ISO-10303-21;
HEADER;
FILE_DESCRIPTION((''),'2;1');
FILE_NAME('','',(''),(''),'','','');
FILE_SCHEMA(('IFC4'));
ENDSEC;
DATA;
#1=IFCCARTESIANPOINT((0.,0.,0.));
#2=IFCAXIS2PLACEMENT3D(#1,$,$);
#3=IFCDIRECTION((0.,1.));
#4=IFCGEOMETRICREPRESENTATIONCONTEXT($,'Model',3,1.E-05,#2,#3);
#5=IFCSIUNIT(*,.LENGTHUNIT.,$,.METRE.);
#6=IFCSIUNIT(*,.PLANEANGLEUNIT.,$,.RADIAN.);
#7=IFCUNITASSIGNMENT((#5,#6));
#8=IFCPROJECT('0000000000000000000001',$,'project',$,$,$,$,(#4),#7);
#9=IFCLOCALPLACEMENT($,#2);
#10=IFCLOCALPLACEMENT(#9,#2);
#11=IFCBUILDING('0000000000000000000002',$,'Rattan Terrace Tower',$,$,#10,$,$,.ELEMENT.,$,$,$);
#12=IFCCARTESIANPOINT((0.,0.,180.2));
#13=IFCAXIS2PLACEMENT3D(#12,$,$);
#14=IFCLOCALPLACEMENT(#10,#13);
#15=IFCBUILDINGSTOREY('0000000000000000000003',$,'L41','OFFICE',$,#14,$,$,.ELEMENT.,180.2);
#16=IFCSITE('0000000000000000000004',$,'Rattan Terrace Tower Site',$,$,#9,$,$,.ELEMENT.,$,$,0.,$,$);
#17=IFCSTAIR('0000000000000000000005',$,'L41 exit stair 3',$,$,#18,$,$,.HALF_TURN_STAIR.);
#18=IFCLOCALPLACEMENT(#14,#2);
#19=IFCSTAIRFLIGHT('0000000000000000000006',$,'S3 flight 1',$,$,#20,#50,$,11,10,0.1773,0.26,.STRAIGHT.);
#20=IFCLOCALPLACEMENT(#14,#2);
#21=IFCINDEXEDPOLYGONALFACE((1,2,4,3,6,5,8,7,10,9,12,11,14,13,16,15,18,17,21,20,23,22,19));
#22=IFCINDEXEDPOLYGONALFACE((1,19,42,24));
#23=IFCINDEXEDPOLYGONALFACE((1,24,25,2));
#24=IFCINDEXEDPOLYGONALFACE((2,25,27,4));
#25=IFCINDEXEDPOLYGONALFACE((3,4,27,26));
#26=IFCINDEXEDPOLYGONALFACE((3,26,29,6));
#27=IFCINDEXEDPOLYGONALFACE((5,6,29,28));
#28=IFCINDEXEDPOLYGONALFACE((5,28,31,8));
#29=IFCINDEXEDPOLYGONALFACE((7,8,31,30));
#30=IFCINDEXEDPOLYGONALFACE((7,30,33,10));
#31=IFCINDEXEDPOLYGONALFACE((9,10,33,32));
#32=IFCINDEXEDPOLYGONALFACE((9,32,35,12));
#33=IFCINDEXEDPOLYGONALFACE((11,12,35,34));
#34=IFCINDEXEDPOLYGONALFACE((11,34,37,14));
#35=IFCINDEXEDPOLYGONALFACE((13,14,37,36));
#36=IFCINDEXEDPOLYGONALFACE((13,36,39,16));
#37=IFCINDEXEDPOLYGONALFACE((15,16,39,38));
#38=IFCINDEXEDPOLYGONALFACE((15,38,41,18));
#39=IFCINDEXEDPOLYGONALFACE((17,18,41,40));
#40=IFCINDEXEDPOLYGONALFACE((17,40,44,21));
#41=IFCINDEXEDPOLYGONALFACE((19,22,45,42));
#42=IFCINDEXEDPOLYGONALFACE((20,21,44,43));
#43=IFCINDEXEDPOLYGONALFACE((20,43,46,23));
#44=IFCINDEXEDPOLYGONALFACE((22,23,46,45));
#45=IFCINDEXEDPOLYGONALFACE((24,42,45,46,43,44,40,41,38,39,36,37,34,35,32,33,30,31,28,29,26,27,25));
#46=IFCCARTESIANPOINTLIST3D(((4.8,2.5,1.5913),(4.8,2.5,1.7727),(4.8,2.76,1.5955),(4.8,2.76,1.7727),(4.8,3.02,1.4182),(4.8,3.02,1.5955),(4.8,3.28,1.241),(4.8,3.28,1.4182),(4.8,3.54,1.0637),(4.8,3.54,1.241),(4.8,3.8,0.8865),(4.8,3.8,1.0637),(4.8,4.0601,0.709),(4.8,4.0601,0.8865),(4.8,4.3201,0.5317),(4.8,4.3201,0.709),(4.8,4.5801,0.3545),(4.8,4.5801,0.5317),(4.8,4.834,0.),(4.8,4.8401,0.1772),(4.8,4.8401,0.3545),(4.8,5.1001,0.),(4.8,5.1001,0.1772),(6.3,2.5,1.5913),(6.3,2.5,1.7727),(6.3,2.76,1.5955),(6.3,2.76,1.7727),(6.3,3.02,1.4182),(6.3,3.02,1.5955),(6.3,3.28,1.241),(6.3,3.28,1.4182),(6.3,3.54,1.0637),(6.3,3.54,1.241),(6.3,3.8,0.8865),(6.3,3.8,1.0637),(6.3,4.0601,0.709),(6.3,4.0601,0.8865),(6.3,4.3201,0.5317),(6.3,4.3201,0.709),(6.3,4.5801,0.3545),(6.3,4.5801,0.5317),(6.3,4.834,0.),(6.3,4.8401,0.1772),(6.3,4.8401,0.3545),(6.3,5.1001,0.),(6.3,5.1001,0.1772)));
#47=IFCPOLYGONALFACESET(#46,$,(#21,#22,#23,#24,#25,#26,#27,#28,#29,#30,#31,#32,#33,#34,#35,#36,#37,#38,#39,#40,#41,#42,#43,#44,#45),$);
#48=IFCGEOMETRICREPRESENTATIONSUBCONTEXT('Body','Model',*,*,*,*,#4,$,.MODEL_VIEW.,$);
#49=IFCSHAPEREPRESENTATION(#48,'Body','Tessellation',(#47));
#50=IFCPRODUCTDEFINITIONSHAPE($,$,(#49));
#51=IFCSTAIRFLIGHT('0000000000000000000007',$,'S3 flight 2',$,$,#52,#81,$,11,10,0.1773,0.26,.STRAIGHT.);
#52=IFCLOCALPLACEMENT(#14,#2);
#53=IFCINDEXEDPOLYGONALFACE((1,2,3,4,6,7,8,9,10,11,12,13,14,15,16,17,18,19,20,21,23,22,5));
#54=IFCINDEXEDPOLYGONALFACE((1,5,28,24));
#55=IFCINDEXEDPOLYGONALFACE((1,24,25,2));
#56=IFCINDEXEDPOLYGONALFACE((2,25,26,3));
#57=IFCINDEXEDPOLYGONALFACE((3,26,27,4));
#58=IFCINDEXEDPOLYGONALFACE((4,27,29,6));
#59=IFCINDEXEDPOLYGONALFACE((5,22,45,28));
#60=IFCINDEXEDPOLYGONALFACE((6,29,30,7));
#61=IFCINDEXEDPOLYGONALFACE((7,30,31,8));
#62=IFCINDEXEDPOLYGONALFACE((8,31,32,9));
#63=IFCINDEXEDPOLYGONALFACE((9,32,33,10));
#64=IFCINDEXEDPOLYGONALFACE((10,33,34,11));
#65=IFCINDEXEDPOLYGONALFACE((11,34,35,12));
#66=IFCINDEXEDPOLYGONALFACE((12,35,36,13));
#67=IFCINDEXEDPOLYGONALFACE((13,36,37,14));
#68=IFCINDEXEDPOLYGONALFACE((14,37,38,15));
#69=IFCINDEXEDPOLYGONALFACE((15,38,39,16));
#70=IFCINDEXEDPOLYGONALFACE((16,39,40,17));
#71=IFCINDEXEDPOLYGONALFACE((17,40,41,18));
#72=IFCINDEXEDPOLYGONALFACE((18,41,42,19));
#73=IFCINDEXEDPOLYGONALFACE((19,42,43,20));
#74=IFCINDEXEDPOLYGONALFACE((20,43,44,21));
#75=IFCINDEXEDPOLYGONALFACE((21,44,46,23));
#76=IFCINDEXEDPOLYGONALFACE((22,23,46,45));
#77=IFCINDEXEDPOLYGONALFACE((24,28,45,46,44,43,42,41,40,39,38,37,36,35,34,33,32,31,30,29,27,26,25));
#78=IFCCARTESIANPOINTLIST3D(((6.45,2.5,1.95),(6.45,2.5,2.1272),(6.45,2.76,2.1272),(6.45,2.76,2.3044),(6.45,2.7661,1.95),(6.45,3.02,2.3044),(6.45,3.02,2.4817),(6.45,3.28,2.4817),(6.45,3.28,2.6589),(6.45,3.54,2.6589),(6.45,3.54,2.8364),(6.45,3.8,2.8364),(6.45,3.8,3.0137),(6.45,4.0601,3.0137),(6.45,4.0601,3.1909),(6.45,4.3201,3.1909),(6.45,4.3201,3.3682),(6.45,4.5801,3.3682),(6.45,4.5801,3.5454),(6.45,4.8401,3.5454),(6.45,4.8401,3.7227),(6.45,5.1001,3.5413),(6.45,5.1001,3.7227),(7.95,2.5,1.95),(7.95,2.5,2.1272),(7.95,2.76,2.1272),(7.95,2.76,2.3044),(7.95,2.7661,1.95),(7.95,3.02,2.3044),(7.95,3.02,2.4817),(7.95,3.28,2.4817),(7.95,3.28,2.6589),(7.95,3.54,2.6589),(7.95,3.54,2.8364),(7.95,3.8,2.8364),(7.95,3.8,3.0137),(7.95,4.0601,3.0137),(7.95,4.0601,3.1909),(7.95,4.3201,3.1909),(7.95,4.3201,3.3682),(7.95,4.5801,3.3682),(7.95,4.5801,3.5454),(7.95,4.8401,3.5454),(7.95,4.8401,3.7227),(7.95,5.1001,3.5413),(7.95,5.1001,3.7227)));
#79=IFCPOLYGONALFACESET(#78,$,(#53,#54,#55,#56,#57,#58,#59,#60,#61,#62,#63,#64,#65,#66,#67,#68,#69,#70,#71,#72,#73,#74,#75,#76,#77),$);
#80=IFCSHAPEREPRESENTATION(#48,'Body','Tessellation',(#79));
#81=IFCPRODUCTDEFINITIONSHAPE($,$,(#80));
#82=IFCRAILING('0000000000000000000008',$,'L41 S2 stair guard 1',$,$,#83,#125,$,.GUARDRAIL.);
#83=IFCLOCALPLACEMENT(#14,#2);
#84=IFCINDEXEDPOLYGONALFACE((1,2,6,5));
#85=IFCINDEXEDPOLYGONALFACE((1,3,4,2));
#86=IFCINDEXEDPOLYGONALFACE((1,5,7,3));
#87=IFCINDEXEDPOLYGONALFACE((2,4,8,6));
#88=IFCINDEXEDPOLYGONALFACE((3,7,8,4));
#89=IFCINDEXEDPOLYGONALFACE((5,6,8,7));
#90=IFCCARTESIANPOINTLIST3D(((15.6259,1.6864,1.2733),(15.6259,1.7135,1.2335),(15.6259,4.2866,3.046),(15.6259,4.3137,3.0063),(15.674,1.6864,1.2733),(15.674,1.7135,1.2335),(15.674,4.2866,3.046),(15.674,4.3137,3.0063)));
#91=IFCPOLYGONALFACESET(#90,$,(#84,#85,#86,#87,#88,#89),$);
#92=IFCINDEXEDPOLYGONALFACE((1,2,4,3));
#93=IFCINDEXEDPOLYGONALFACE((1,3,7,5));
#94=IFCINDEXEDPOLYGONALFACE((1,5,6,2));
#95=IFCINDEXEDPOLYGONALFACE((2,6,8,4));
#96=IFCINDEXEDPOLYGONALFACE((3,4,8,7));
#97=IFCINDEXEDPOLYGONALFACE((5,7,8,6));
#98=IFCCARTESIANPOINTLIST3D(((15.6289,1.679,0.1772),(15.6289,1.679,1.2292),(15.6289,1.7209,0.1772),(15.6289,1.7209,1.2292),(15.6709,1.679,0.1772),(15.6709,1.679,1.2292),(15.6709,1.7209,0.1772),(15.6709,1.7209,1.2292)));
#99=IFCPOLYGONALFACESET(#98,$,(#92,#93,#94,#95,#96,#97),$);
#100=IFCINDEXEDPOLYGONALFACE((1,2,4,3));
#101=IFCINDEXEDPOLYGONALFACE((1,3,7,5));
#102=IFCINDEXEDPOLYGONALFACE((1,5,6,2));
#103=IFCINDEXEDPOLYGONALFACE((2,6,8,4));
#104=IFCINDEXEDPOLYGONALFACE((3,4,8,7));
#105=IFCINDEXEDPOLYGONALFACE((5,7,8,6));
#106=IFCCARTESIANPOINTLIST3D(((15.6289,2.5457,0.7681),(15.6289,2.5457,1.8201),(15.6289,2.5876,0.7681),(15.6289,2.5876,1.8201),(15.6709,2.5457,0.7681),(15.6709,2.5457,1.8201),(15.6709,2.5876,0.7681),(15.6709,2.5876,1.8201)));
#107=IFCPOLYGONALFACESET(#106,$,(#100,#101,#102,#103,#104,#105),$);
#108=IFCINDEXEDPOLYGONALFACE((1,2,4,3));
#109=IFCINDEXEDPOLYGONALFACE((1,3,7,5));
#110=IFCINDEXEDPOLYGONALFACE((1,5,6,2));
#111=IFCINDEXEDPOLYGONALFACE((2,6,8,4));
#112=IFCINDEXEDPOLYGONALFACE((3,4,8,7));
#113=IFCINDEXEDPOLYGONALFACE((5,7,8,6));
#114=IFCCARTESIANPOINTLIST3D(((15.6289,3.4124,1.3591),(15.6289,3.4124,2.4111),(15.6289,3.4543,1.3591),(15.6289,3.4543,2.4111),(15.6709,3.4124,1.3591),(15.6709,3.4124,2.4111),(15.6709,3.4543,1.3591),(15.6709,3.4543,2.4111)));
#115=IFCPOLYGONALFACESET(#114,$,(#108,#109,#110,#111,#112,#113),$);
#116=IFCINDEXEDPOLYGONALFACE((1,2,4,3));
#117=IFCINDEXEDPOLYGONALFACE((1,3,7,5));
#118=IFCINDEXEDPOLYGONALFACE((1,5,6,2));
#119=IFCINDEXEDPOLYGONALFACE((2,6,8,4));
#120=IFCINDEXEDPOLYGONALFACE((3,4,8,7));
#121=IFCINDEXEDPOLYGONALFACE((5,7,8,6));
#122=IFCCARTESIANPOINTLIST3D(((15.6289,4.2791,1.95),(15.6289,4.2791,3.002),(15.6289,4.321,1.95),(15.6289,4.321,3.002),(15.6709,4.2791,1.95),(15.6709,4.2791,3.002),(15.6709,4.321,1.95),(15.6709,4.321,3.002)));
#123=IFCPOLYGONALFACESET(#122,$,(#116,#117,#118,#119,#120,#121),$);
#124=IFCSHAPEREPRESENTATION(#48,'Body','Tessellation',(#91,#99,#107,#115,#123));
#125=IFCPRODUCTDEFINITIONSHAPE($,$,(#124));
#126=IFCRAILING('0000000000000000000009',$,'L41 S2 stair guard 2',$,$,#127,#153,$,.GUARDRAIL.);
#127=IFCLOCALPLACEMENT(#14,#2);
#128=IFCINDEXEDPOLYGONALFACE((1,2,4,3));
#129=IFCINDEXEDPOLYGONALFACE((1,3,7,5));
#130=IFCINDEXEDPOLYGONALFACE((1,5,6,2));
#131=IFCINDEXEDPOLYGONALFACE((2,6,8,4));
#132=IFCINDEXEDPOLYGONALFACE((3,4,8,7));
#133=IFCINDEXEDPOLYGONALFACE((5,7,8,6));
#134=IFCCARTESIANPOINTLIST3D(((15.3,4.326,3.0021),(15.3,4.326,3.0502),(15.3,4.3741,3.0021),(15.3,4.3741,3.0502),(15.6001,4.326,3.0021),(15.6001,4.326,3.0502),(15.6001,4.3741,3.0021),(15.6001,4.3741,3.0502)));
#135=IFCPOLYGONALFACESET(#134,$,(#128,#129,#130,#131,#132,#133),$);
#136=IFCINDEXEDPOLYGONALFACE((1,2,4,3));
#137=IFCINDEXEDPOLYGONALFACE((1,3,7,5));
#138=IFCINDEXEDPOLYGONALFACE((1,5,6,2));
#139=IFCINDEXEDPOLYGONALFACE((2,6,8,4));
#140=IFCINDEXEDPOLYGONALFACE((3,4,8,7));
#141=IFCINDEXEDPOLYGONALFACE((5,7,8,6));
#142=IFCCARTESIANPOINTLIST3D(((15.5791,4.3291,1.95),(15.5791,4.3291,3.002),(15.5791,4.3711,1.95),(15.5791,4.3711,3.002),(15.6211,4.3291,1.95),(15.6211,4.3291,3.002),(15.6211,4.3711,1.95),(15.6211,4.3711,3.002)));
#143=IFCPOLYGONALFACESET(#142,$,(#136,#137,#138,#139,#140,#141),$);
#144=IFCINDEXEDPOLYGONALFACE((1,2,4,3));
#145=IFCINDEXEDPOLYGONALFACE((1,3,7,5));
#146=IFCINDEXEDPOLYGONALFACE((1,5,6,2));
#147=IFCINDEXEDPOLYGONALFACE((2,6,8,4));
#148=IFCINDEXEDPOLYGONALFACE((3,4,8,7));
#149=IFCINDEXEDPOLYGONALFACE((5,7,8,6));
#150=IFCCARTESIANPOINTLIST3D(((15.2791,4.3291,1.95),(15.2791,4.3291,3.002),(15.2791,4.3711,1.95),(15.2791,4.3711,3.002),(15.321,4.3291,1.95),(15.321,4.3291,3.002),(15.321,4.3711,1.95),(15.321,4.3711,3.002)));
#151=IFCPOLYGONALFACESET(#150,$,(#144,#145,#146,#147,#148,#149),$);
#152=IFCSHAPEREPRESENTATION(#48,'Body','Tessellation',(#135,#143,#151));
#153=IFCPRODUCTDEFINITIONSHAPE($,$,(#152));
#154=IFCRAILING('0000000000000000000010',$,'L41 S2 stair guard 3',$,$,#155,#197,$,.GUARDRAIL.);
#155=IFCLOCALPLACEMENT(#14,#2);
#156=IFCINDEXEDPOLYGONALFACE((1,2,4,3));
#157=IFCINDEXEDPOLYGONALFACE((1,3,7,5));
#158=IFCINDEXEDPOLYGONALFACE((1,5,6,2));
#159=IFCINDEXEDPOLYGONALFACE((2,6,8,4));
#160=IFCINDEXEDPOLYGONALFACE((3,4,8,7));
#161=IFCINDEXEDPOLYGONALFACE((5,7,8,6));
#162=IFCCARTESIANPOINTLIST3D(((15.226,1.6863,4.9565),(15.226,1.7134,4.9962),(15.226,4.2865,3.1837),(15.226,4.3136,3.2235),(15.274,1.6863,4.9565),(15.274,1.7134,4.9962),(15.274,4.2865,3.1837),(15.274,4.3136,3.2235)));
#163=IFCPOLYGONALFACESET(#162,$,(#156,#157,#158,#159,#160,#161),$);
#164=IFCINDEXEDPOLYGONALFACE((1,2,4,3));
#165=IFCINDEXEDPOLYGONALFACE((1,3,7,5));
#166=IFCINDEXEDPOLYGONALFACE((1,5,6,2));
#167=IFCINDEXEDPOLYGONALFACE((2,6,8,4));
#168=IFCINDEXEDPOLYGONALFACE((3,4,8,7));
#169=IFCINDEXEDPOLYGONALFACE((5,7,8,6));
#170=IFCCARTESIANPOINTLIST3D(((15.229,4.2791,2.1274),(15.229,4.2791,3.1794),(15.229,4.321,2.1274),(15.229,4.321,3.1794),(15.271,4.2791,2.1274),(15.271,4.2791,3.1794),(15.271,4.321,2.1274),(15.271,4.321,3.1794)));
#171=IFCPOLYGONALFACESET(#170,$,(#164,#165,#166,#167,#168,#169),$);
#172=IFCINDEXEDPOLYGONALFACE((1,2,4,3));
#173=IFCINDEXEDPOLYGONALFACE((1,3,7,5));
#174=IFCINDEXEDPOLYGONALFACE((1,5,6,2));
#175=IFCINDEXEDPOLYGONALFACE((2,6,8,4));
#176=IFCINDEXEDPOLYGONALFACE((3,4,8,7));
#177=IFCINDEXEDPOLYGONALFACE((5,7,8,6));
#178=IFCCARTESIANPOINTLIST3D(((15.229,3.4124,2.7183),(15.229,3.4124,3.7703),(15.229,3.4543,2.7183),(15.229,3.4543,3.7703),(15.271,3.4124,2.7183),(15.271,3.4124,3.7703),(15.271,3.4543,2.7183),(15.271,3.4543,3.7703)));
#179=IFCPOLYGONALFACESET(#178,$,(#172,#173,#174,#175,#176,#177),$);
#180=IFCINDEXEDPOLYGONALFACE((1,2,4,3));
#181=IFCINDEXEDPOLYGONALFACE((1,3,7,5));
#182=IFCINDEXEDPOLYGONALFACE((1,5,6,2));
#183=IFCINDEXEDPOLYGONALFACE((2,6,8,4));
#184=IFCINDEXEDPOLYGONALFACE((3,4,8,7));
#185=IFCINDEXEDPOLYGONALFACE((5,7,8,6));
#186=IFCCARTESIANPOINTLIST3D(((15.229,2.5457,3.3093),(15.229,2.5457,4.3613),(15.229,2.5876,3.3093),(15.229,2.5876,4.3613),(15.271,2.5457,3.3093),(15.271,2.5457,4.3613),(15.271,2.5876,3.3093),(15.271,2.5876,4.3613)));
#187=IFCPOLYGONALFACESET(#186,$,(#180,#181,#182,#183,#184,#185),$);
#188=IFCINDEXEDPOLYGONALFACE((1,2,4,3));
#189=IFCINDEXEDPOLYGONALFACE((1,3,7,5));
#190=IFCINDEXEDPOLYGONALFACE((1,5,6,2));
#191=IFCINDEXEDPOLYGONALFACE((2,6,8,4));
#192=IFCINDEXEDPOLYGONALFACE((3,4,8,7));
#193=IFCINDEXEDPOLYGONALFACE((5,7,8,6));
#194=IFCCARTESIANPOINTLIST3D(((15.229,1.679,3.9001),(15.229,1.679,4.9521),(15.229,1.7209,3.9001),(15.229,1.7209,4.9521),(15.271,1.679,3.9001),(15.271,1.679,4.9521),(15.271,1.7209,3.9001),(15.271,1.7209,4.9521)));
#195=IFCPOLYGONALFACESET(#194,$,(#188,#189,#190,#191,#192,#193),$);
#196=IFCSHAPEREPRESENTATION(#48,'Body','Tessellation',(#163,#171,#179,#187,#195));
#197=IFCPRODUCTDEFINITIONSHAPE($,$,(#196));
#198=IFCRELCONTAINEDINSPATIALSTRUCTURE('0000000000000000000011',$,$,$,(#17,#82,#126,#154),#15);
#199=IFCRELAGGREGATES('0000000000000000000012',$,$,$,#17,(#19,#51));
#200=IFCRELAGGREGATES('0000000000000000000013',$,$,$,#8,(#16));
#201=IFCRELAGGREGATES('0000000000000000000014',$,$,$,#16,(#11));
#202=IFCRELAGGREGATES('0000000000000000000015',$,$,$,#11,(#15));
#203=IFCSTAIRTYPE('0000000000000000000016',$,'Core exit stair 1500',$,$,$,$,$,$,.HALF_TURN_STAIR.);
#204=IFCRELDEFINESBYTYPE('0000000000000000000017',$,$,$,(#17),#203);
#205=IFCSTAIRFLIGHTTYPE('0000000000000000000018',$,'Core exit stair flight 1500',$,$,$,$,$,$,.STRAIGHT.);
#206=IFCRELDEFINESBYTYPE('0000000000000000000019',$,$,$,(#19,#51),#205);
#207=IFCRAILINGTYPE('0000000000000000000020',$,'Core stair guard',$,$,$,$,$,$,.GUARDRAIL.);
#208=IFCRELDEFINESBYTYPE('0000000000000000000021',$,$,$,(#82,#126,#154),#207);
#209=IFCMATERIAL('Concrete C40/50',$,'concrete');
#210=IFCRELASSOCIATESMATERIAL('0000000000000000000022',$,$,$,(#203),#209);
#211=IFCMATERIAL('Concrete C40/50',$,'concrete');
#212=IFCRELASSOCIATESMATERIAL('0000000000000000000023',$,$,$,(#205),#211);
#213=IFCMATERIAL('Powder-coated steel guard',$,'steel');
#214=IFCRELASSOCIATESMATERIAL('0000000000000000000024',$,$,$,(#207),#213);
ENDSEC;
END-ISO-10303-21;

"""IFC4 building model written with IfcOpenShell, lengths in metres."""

from ifc_helpers import new_model, si_unit, direction, frame, origin, origin_2d, place, context, subcontext, project, spatial, polyline, rectangle, outline, extrude, material, type_object, element, aggregate, save


model = new_model("IFC4")

# Units and contexts
model_context = context("Model", 3, precision=1e-05, world=origin(), true_north=direction((0.0, 1.0)))
body_context = subcontext(model_context, "Body", "Model", "MODEL_VIEW")
ifc_project = project(units=[si_unit("LENGTHUNIT", "METRE"), si_unit("PLANEANGLEUNIT", "RADIAN")], contexts=[model_context])

# Site, building, storey
site_placement = place(None, origin())
site = spatial("IfcSite", under=ifc_project, at=site_placement, Name="Rattan Terrace Tower Site", CompositionType="ELEMENT", RefElevation=0.0)
building_placement = place(site_placement, origin())
building = spatial("IfcBuilding", under=site, at=building_placement, Name="Rattan Terrace Tower", CompositionType="ELEMENT")
storey_placement = place(building_placement, frame((0.0, 0.0, 180.2)))
storey = spatial("IfcBuildingStorey", under=building, at=storey_placement, Name="L41", Description="OFFICE", CompositionType="ELEMENT", Elevation=180.2)

# Stair, stair flights
ifc_material_1 = material(Name="Concrete C40/50", Category="concrete")
stair_type = type_object("IfcStairType", Name="Core exit stair 1500", PredefinedType="HALF_TURN_STAIR", material=ifc_material_1)
ifc_material_2 = material(Name="Concrete C40/50", Category="concrete")
stair_flight_type = type_object("IfcStairFlightType", Name="Core exit stair flight 1500", PredefinedType="STRAIGHT", material=ifc_material_2)
stair_1_placement = place(storey_placement, origin())
stair_1 = element("IfcStair", 1, at=stair_1_placement, inside=storey, type_object=stair_type, Name="L41 exit stair 3", PredefinedType="HALF_TURN_STAIR")
stair_flight_1_placement = place(storey_placement, frame((5.55, 5.1001, 0.0), z_axis=(0.0, 0.0, 1.0), x_axis=(0.0, -1.0, 0.0)))
stair_flight_1 = element("IfcStairFlight", 2, at=stair_flight_1_placement, type_object=stair_flight_type, Name="S3 flight 1", NumberOfRisers=11, NumberOfTreads=10, PredefinedType="STRAIGHT", RiserHeight=0.1773, TreadLength=0.26, context=body_context, shape_type="SweptSolid", body=[
    extrude(outline(polyline([(0.0, 0.0), (0.0, 0.1772), (0.26, 0.1772), (0.26, 0.3545), (0.52, 0.3545), (0.52, 0.5317), (0.78, 0.5317), (0.78, 0.709), (1.04, 0.709), (1.04, 0.8865), (1.3, 0.8865), (1.3, 1.0637), (1.5601, 1.0637), (1.5601, 1.241), (1.8201, 1.241), (1.8201, 1.4182), (2.0801, 1.4182), (2.0801, 1.5955), (2.3401, 1.5955), (2.3401, 1.7727), (2.6001, 1.7727), (2.6001, 1.95), (2.6001, 1.5913), (0.2661, 0.0), (0.0, 0.0)])), frame((0.0, 0.75, 0.0), z_axis=(0.0, -1.0, 0.0), x_axis=(1.0, 0.0, 0.0)), (0.0, 0.0, 1.0), 1.5),
])
stair_flight_2_placement = place(storey_placement, frame((7.2, 2.5, 1.95), z_axis=(0.0, 0.0, 1.0), x_axis=(0.0, 1.0, 0.0)))
stair_flight_2 = element("IfcStairFlight", 3, at=stair_flight_2_placement, type_object=stair_flight_type, Name="S3 flight 2", NumberOfRisers=11, NumberOfTreads=10, PredefinedType="STRAIGHT", RiserHeight=0.1773, TreadLength=0.26, context=body_context, shape_type="SweptSolid", body=[
    extrude(outline(polyline([(0.0, 0.0), (0.0, 0.1772), (0.26, 0.1772), (0.26, 0.3545), (0.52, 0.3545), (0.52, 0.5317), (0.78, 0.5317), (0.78, 0.709), (1.04, 0.709), (1.04, 0.8865), (1.3, 0.8865), (1.3, 1.0637), (1.5601, 1.0637), (1.5601, 1.241), (1.8201, 1.241), (1.8201, 1.4182), (2.0801, 1.4182), (2.0801, 1.5955), (2.3401, 1.5955), (2.3401, 1.7727), (2.6001, 1.7727), (2.6001, 1.95), (2.6001, 1.5913), (0.2661, 0.0), (0.0, 0.0)])), frame((0.0, 0.75, 0.0), z_axis=(0.0, -1.0, 0.0), x_axis=(1.0, 0.0, 0.0)), (0.0, 0.0, 1.0), 1.5),
])
aggregate(stair_1, [stair_flight_1, stair_flight_2])

# Railings
ifc_material_3 = material(Name="Powder-coated steel guard", Category="steel")
railing_type_1 = type_object("IfcRailingType", Name="Core stair guard", PredefinedType="GUARDRAIL", material=ifc_material_3)
railing_1_placement = place(storey_placement, frame((15.6499, 1.7, 0.1772)))
element("IfcRailing", 4, at=railing_1_placement, inside=storey, type_object=railing_type_1, Name="L41 S2 stair guard 1", PredefinedType="GUARDRAIL", context=body_context, shape_type="SweptSolid", body=[
    extrude(rectangle(XDim=0.0481, YDim=0.0481, at=origin_2d()), frame((0.0, 0.0, 1.0762), z_axis=(0.0, 0.82624, 0.563318), x_axis=(-1.0, 0.0, 0.0)), (0.0, 0.0, 1.0), 3.147),
    extrude(rectangle(XDim=0.042, YDim=0.042, at=origin_2d()), origin(), (0.0, 0.0, 1.0), 1.052),
    extrude(rectangle(XDim=0.042, YDim=0.042, at=origin_2d()), frame((0.0, 0.8667, 0.5908)), (0.0, 0.0, 1.0), 1.052),
    extrude(rectangle(XDim=0.042, YDim=0.042, at=origin_2d()), frame((0.0, 1.7334, 1.1819)), (0.0, 0.0, 1.0), 1.052),
    extrude(rectangle(XDim=0.042, YDim=0.042, at=origin_2d()), frame((0.0, 2.6001, 1.7727)), (0.0, 0.0, 1.0), 1.052),
])
railing_2_placement = place(storey_placement, frame((15.6001, 4.3501, 1.95)))
element("IfcRailing", 5, at=railing_2_placement, inside=storey, type_object=railing_type_1, Name="L41 S2 stair guard 2", PredefinedType="GUARDRAIL", context=body_context, shape_type="SweptSolid", body=[
    extrude(rectangle(XDim=0.0481, YDim=0.0481, at=origin_2d()), frame((0.0, 0.0, 1.0762), z_axis=(-1.0, 0.0, 0.0), x_axis=(0.0, -1.0, 0.0)), (0.0, 0.0, 1.0), 0.3),
    extrude(rectangle(XDim=0.042, YDim=0.042, at=origin_2d()), origin(), (0.0, 0.0, 1.0), 1.052),
    extrude(rectangle(XDim=0.042, YDim=0.042, at=origin_2d()), frame((-0.3, 0.0, 0.0)), (0.0, 0.0, 1.0), 1.052),
])
railing_3_placement = place(storey_placement, frame((15.25, 4.3, 2.1274)))
element("IfcRailing", 6, at=railing_3_placement, inside=storey, type_object=railing_type_1, Name="L41 S2 stair guard 3", PredefinedType="GUARDRAIL", context=body_context, shape_type="SweptSolid", body=[
    extrude(rectangle(XDim=0.0481, YDim=0.0481, at=origin_2d()), frame((0.0, 0.0, 1.0762), z_axis=(0.0, -0.82624, 0.563318), x_axis=(1.0, 0.0, 0.0)), (0.0, 0.0, 1.0), 3.147),
    extrude(rectangle(XDim=0.042, YDim=0.042, at=origin_2d()), origin(), (0.0, 0.0, 1.0), 1.052),
    extrude(rectangle(XDim=0.042, YDim=0.042, at=origin_2d()), frame((0.0, -0.8667, 0.5908)), (0.0, 0.0, 1.0), 1.052),
    extrude(rectangle(XDim=0.042, YDim=0.042, at=origin_2d()), frame((0.0, -1.7334, 1.1819)), (0.0, 0.0, 1.0), 1.052),
    extrude(rectangle(XDim=0.042, YDim=0.042, at=origin_2d()), frame((0.0, -2.6001, 1.7727)), (0.0, 0.0, 1.0), 1.052),
])

save(model, "model.ifc")
